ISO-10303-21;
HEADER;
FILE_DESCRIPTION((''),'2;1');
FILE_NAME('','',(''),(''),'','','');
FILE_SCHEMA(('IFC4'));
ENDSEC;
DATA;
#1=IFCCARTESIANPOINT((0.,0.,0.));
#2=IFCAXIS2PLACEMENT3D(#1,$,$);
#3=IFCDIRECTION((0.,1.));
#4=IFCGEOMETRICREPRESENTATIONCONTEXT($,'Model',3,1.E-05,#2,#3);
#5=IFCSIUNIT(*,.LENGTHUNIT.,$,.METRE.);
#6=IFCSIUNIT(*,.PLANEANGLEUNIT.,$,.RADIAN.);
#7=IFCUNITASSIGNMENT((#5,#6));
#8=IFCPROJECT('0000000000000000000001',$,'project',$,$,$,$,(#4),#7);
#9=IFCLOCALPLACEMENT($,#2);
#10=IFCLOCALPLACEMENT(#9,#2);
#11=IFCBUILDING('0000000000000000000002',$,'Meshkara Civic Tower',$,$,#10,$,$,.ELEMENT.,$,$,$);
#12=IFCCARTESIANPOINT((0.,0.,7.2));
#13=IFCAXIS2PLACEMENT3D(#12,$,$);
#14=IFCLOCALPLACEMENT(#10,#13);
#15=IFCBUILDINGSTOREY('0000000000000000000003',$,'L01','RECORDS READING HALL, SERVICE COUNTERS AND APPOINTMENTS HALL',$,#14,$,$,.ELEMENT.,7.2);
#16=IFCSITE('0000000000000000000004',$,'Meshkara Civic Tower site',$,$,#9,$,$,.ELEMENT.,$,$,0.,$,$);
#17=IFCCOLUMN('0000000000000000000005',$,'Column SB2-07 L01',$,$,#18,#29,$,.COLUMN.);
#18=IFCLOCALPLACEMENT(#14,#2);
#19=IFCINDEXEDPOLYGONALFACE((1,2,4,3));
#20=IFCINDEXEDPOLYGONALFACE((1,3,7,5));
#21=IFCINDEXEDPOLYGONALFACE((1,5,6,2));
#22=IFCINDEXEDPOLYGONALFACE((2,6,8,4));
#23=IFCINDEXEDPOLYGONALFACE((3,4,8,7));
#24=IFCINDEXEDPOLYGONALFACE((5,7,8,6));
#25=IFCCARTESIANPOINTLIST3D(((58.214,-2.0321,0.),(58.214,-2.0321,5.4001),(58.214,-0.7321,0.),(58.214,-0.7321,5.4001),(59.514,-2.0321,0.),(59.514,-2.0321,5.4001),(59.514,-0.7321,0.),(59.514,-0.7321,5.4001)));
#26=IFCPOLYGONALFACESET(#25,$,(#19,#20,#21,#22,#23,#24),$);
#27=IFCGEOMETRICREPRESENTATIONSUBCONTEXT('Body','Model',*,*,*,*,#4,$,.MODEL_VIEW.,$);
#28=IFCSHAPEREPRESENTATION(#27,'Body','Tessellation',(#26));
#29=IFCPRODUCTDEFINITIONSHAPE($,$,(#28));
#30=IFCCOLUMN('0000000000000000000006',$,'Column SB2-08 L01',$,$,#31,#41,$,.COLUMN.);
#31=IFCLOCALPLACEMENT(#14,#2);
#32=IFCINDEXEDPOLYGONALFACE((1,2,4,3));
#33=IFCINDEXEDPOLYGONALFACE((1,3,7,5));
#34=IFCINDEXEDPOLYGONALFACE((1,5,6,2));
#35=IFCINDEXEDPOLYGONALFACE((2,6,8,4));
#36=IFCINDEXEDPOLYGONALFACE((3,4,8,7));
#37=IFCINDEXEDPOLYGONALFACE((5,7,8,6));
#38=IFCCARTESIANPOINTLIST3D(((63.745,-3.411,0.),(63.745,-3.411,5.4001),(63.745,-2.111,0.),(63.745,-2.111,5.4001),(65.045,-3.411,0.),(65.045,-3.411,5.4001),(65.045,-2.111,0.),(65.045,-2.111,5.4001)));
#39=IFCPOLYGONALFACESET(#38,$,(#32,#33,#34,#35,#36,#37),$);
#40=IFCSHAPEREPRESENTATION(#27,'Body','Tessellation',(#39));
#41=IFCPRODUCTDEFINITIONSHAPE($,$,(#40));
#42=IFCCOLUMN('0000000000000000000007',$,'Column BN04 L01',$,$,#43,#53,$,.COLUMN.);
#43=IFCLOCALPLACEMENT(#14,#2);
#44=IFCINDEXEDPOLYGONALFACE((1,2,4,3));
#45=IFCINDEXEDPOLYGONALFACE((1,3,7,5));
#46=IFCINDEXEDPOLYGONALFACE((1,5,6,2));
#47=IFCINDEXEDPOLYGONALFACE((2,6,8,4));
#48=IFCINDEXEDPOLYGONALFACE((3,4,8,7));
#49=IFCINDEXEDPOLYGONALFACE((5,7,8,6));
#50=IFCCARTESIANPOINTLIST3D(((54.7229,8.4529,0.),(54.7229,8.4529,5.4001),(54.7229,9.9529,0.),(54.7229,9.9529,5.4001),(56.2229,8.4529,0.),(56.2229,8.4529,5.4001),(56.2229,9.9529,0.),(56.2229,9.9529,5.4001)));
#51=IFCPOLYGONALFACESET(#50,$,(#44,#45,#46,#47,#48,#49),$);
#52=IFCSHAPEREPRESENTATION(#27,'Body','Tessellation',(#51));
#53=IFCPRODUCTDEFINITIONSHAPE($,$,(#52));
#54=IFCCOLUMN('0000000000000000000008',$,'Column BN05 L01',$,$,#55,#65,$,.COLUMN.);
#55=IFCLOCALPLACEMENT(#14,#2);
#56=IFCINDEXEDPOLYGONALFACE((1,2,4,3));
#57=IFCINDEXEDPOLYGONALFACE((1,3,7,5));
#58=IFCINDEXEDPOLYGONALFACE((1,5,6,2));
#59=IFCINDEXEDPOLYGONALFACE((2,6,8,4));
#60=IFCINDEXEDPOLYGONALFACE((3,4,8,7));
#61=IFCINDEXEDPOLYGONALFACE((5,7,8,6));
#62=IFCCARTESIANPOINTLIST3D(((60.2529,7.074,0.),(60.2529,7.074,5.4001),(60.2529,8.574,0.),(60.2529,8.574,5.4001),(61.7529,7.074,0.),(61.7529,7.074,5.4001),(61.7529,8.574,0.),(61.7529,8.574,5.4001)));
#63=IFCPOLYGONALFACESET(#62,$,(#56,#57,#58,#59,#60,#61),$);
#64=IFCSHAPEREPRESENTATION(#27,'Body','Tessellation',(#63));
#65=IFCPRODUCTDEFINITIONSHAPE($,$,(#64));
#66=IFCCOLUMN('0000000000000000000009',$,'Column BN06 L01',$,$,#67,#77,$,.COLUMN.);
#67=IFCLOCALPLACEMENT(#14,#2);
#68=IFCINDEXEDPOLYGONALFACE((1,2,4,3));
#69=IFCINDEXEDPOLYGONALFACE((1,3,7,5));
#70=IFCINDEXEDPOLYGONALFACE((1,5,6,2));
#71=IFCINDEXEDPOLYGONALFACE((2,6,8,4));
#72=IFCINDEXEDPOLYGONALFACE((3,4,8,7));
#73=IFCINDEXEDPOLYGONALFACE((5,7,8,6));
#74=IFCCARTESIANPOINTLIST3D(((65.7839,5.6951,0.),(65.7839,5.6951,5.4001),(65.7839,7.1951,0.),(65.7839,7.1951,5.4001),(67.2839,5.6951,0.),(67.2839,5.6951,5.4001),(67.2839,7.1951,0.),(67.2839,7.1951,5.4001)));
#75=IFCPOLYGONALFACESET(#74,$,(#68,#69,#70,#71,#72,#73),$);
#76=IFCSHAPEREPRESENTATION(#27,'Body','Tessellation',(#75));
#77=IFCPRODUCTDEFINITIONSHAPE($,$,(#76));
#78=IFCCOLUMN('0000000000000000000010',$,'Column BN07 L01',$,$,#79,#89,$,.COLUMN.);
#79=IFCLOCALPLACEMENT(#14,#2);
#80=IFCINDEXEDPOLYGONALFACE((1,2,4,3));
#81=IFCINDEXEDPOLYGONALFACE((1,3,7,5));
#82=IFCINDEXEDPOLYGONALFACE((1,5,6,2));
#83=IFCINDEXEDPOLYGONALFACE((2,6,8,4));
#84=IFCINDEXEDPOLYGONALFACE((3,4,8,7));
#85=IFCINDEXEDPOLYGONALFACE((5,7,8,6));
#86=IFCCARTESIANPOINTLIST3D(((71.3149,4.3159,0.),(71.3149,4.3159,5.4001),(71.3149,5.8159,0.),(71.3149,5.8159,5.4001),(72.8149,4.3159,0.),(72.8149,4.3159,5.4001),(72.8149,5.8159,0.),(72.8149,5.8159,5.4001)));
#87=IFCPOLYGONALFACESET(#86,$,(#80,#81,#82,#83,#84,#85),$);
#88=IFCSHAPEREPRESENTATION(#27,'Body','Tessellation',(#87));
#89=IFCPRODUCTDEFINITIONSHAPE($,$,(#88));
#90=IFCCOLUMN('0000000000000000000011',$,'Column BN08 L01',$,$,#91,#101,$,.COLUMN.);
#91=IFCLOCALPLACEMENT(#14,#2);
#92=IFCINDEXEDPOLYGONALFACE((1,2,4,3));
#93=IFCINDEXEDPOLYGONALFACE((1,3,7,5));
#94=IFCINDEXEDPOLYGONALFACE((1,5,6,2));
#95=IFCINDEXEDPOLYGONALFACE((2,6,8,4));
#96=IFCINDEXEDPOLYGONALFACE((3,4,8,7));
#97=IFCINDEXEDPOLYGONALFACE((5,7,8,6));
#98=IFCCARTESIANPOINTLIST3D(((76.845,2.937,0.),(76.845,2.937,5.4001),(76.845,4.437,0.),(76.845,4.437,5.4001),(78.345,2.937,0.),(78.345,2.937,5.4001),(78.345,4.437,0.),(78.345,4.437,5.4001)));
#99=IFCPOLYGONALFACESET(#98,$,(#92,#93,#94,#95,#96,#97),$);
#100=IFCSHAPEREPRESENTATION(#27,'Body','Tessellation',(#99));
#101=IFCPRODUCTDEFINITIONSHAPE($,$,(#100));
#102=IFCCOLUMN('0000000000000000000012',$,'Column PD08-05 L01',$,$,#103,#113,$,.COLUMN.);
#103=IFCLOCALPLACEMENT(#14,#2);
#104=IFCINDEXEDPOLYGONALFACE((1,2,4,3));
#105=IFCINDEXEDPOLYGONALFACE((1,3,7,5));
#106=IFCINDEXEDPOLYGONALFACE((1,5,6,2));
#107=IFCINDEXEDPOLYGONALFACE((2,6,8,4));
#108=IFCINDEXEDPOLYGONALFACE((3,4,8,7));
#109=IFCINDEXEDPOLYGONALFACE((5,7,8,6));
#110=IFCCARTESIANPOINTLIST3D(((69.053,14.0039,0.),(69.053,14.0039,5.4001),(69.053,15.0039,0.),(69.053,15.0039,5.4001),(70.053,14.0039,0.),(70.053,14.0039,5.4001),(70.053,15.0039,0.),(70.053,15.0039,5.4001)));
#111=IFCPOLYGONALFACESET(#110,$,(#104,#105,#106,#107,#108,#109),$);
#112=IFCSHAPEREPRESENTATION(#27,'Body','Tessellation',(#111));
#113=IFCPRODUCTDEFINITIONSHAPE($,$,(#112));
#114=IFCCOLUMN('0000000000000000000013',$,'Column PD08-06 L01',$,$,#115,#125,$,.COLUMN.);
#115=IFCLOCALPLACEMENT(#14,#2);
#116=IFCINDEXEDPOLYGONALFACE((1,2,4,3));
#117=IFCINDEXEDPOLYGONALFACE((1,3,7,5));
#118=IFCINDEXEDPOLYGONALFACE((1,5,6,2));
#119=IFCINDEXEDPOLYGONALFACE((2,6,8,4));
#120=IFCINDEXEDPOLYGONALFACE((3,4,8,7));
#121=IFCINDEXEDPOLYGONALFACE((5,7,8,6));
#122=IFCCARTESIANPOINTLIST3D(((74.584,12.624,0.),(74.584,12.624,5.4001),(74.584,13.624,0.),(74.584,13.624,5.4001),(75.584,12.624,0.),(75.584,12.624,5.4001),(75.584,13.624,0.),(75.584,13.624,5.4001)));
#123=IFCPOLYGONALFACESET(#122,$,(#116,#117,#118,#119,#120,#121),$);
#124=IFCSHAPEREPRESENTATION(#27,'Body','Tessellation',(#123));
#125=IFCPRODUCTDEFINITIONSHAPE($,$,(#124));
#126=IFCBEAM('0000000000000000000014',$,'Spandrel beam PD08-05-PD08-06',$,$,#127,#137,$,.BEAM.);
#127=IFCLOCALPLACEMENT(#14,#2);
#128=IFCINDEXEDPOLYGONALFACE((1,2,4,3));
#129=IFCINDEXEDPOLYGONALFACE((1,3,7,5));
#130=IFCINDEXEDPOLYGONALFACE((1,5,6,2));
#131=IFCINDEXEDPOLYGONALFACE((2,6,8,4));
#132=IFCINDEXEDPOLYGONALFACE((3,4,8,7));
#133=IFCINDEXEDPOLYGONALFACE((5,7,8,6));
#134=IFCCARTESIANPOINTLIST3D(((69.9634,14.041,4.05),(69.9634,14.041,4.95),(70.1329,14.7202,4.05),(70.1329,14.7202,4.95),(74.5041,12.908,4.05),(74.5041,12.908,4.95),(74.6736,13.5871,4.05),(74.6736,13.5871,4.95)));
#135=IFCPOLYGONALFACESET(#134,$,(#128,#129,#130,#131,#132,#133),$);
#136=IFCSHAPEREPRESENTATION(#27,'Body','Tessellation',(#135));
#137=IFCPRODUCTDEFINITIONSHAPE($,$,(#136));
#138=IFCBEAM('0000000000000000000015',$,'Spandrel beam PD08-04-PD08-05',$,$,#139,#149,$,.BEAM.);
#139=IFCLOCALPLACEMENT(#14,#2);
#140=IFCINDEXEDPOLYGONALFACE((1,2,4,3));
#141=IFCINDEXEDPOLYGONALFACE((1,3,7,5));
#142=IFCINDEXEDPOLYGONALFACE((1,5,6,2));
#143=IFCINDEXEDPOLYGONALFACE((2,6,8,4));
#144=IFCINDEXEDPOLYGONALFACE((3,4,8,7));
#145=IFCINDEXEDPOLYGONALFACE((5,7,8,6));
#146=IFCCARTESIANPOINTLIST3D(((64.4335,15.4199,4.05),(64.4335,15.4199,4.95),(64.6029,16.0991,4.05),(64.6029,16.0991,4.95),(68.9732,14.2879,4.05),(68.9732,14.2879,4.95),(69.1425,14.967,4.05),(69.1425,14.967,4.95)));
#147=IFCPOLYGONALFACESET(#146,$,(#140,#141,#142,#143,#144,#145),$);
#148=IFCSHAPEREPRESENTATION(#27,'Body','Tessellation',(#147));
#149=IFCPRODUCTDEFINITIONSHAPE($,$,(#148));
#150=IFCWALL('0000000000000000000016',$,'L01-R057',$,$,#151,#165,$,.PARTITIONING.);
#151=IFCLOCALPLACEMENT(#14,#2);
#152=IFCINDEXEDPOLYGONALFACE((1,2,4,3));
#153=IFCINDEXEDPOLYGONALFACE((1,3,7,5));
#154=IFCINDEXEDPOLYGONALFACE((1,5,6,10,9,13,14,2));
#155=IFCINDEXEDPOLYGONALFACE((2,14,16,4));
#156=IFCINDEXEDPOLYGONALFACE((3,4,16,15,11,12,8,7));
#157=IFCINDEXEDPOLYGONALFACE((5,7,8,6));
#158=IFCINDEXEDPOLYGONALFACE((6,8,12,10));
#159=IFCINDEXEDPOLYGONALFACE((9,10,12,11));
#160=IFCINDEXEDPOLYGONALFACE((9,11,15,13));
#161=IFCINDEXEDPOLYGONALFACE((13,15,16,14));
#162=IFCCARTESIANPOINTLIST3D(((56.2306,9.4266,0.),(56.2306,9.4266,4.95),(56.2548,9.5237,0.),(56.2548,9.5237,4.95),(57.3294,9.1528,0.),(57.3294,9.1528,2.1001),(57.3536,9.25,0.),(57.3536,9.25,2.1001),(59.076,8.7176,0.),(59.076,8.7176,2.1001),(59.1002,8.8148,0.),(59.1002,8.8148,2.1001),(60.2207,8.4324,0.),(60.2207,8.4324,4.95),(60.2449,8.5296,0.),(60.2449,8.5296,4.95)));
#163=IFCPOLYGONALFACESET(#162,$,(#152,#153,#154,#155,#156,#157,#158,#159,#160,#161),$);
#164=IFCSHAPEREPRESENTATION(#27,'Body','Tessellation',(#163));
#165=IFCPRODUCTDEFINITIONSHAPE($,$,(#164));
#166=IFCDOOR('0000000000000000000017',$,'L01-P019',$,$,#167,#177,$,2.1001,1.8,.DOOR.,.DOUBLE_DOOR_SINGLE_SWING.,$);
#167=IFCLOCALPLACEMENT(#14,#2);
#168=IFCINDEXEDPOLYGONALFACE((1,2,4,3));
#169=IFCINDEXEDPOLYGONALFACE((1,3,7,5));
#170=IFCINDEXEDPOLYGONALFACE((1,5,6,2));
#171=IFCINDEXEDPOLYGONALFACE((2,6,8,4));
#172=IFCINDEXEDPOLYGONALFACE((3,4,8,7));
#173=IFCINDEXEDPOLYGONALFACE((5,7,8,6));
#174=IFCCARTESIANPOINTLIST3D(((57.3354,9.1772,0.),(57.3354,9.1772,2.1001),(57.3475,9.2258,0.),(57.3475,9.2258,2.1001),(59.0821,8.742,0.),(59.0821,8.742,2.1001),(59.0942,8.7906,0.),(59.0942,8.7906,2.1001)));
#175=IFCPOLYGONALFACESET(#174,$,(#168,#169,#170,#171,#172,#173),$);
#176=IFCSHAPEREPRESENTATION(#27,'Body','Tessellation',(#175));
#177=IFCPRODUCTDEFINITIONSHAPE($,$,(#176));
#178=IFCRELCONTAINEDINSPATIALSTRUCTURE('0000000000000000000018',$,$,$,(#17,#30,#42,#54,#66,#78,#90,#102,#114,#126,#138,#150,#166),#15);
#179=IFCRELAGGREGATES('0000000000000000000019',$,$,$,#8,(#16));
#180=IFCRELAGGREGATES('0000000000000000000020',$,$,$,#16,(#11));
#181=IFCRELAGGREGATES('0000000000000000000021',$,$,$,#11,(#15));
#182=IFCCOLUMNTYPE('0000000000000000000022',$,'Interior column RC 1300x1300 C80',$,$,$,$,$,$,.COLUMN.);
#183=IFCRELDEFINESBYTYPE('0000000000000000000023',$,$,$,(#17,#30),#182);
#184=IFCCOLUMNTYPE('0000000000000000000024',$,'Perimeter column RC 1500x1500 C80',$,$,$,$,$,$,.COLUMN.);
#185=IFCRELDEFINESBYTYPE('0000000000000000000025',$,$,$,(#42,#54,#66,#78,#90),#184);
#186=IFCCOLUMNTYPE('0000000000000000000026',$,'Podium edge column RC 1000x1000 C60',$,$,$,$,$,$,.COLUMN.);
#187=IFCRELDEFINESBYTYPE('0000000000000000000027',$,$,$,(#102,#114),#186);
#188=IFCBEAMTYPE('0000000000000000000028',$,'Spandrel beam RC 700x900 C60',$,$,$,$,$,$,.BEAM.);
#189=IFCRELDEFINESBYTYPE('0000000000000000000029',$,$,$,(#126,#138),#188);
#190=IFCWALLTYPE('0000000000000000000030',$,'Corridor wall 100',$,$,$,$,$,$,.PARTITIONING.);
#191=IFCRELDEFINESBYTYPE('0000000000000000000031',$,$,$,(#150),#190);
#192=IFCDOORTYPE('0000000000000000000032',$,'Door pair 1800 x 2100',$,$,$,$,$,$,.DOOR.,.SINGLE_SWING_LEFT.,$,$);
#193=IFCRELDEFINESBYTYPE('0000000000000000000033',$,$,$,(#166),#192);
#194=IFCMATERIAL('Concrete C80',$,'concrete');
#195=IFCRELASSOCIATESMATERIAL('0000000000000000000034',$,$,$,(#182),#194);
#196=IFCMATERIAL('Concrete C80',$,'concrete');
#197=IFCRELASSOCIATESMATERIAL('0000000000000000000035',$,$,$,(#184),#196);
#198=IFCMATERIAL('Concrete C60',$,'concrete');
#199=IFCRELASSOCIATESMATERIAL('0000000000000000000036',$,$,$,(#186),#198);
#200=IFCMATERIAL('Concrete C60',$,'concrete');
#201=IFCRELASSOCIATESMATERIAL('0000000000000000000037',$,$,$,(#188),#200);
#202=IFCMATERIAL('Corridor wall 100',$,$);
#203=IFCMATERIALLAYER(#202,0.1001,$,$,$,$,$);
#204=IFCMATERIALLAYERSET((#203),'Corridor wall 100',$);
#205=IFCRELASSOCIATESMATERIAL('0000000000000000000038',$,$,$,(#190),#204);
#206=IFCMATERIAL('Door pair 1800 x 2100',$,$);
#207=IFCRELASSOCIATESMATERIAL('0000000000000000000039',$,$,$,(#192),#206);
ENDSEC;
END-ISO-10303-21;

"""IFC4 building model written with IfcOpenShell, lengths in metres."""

from ifc_helpers import new_model, si_unit, direction, frame, frame_2d, origin, origin_2d, place, context, subcontext, project, spatial, rectangle, extrude, material, layer, layer_set, material_profile, profile_set, type_object, element, fill, save


model = new_model("IFC4")

# Units and contexts
model_context = context("Model", 3, precision=1e-05, world=origin(), true_north=direction((0.0, 1.0)))
body_context = subcontext(model_context, "Body", "Model", "MODEL_VIEW")
ifc_project = project(units=[si_unit("LENGTHUNIT", "METRE"), si_unit("PLANEANGLEUNIT", "RADIAN")], contexts=[model_context])

# Site, building, storey
site_placement = place(None, origin())
site = spatial("IfcSite", under=ifc_project, at=site_placement, Name="Meshkara Civic Tower site", CompositionType="ELEMENT", RefElevation=0.0)
building_placement = place(site_placement, origin())
building = spatial("IfcBuilding", under=site, at=building_placement, Name="Meshkara Civic Tower", CompositionType="ELEMENT")
storey_placement = place(building_placement, frame((0.0, 0.0, 7.2)))
storey = spatial("IfcBuildingStorey", under=building, at=storey_placement, Name="L01", Description="RECORDS READING HALL, SERVICE COUNTERS AND APPOINTMENTS HALL", CompositionType="ELEMENT", Elevation=7.2)

# Columns
ifc_material_1 = material(Name="Concrete C80", Category="concrete")
ifc_material_profile_1 = material_profile(ifc_material_1, rectangle(XDim=1.3, YDim=1.3, at=origin_2d()))
ifc_profile_set_1 = profile_set([ifc_material_profile_1], Name="Concrete C80")
column_type_1 = type_object("IfcColumnType", Name="Interior column RC 1300x1300 C80", PredefinedType="COLUMN", material=ifc_profile_set_1)
for number, where, z_axis, x_axis, name in (
    (1, (58.864, -1.3821, 0.0), (0.0, 0.0, 1.0), (1.0, 0.0, 0.0), "Column SB2-07 L01"),
    (2, (64.395, -2.761, 0.0), (0.0, 0.0, 1.0), (1.0, 0.0, 0.0), "Column SB2-08 L01"),
):
    element("IfcColumn", number, at=place(storey_placement, frame(where, z_axis=z_axis, x_axis=x_axis)), inside=storey, type_object=column_type_1, Name=name, PredefinedType="COLUMN", context=body_context, shape_type="SweptSolid", body=[
        extrude(rectangle(XDim=1.3, YDim=1.3, at=origin_2d()), origin(), (0.0, 0.0, 1.0), 5.4001),
    ])
ifc_material_2 = material(Name="Concrete C80", Category="concrete")
ifc_material_profile_2 = material_profile(ifc_material_2, rectangle(XDim=1.5, YDim=1.5, at=origin_2d()))
ifc_profile_set_2 = profile_set([ifc_material_profile_2], Name="Concrete C80")
column_type_2 = type_object("IfcColumnType", Name="Perimeter column RC 1500x1500 C80", PredefinedType="COLUMN", material=ifc_profile_set_2)
for number, where, z_axis, x_axis, name in (
    (3, (55.4729, 9.2029, 0.0), (0.0, 0.0, 1.0), (1.0, 0.0, 0.0), "Column BN04 L01"),
    (4, (61.0029, 7.824, 0.0), (0.0, 0.0, 1.0), (1.0, 0.0, 0.0), "Column BN05 L01"),
    (5, (66.5339, 6.4451, 0.0), (0.0, 0.0, 1.0), (1.0, 0.0, 0.0), "Column BN06 L01"),
    (6, (72.0649, 5.0659, 0.0), (0.0, 0.0, 1.0), (1.0, 0.0, 0.0), "Column BN07 L01"),
    (7, (77.595, 3.687, 0.0), (0.0, 0.0, 1.0), (1.0, 0.0, 0.0), "Column BN08 L01"),
):
    element("IfcColumn", number, at=place(storey_placement, frame(where, z_axis=z_axis, x_axis=x_axis)), inside=storey, type_object=column_type_2, Name=name, PredefinedType="COLUMN", context=body_context, shape_type="SweptSolid", body=[
        extrude(rectangle(XDim=1.5, YDim=1.5, at=origin_2d()), origin(), (0.0, 0.0, 1.0), 5.4001),
    ])
ifc_material_3 = material(Name="Concrete C60", Category="concrete")
ifc_material_profile_3 = material_profile(ifc_material_3, rectangle(XDim=1.0, YDim=1.0, at=origin_2d()))
ifc_profile_set_3 = profile_set([ifc_material_profile_3], Name="Concrete C60")
column_type_3 = type_object("IfcColumnType", Name="Podium edge column RC 1000x1000 C60", PredefinedType="COLUMN", material=ifc_profile_set_3)
for number, where, z_axis, x_axis, name in (
    (8, (69.553, 14.5039, 0.0), (0.0, 0.0, 1.0), (1.0, 0.0, 0.0), "Column PD08-05 L01"),
    (9, (75.084, 13.124, 0.0), (0.0, 0.0, 1.0), (1.0, 0.0, 0.0), "Column PD08-06 L01"),
):
    element("IfcColumn", number, at=place(storey_placement, frame(where, z_axis=z_axis, x_axis=x_axis)), inside=storey, type_object=column_type_3, Name=name, PredefinedType="COLUMN", context=body_context, shape_type="SweptSolid", body=[
        extrude(rectangle(XDim=1.0, YDim=1.0, at=origin_2d()), origin(), (0.0, 0.0, 1.0), 5.4001),
    ])

# Beams
ifc_material_4 = material(Name="Concrete C60", Category="concrete")
ifc_material_profile_4 = material_profile(ifc_material_4, rectangle(XDim=0.7, YDim=0.8999, at=origin_2d()))
ifc_profile_set_4 = profile_set([ifc_material_profile_4], Name="Concrete C60")
beam_type = type_object("IfcBeamType", Name="Spandrel beam RC 700x900 C60", PredefinedType="BEAM", material=ifc_profile_set_4)
beam_1_placement = place(storey_placement, frame((74.5889, 13.2476, 4.5), z_axis=(-0.97025, 0.242106, 0.0), x_axis=(-0.242106, -0.97025, 0.0)))
element("IfcBeam", 10, at=beam_1_placement, inside=storey, type_object=beam_type, Name="Spandrel beam PD08-05-PD08-06", PredefinedType="BEAM", context=body_context, shape_type="SweptSolid", body=[
    extrude(rectangle(XDim=0.7, YDim=0.8999, at=origin_2d()), origin(), (0.0, 0.0, 1.0), 4.6799),
])
beam_2_placement = place(storey_placement, frame((69.0579, 14.6274, 4.5), z_axis=(-0.970287, 0.241959, 0.0), x_axis=(-0.241959, -0.970287, 0.0)))
element("IfcBeam", 11, at=beam_2_placement, inside=storey, type_object=beam_type, Name="Spandrel beam PD08-04-PD08-05", PredefinedType="BEAM", context=body_context, shape_type="SweptSolid", body=[
    extrude(rectangle(XDim=0.7, YDim=0.8999, at=origin_2d()), origin(), (0.0, 0.0, 1.0), 4.6787),
])

# Wall, opening, door
ifc_material_5 = material(Name="Corridor wall 100")
ifc_layer_1 = layer(ifc_material_5, 0.1001)
ifc_layer_set_1 = layer_set([ifc_layer_1], Name="Corridor wall 100")
wall_type_1 = type_object("IfcWallType", Name="Corridor wall 100", PredefinedType="PARTITIONING", material=ifc_layer_set_1)
wall_1_placement = place(storey_placement, frame((60.2329, 8.481, 0.0), z_axis=(0.0, 0.0, 1.0), x_axis=(-0.970334, 0.241767, 0.0)))
wall_1 = element("IfcWall", 12, at=wall_1_placement, inside=storey, type_object=wall_type_1, Name="L01-R057", PredefinedType="PARTITIONING", context=body_context, shape_type="SweptSolid", body=[
    extrude(rectangle(XDim=4.1121, YDim=0.1001, at=frame_2d((2.0562, 0.0))), origin(), (0.0, 0.0, 1.0), 4.95),
])
opening_1_placement = place(wall_1_placement, frame((1.1799, 0.0, 0.0)))
opening_1 = element("IfcOpeningElement", 13, at=opening_1_placement, cuts=wall_1, PredefinedType="OPENING", context=body_context, shape_type="SweptSolid", body=[
    extrude(rectangle(XDim=1.8, YDim=2.1001, at=frame_2d((0.8999, 1.05))), frame((0.0, 0.0601, 0.0), z_axis=(0.0, -1.0, 0.0), x_axis=(1.0, 0.0, 0.0)), (0.0, 0.0, 1.0), 0.1201),
])
ifc_material_6 = material(Name="Door pair 1800 x 2100")
door_type_1 = type_object("IfcDoorType", Name="Door pair 1800 x 2100", OperationType="SINGLE_SWING_LEFT", PredefinedType="DOOR", material=ifc_material_6)
door_1_placement = place(opening_1_placement, origin())
door_1 = element("IfcDoor", 14, at=door_1_placement, inside=storey, type_object=door_type_1, Name="L01-P019", OperationType="DOUBLE_DOOR_SINGLE_SWING", OverallHeight=2.1001, OverallWidth=1.8, PredefinedType="DOOR", context=body_context, shape_type="SweptSolid", body=[
    extrude(rectangle(XDim=1.8, YDim=2.1001, at=frame_2d((0.8999, 1.05))), frame((0.0, 0.0249, 0.0), z_axis=(0.0, -1.0, 0.0), x_axis=(1.0, 0.0, 0.0)), (0.0, 0.0, 1.0), 0.05),
])
fill(opening_1, door_1)

save(model, "model.ifc")
